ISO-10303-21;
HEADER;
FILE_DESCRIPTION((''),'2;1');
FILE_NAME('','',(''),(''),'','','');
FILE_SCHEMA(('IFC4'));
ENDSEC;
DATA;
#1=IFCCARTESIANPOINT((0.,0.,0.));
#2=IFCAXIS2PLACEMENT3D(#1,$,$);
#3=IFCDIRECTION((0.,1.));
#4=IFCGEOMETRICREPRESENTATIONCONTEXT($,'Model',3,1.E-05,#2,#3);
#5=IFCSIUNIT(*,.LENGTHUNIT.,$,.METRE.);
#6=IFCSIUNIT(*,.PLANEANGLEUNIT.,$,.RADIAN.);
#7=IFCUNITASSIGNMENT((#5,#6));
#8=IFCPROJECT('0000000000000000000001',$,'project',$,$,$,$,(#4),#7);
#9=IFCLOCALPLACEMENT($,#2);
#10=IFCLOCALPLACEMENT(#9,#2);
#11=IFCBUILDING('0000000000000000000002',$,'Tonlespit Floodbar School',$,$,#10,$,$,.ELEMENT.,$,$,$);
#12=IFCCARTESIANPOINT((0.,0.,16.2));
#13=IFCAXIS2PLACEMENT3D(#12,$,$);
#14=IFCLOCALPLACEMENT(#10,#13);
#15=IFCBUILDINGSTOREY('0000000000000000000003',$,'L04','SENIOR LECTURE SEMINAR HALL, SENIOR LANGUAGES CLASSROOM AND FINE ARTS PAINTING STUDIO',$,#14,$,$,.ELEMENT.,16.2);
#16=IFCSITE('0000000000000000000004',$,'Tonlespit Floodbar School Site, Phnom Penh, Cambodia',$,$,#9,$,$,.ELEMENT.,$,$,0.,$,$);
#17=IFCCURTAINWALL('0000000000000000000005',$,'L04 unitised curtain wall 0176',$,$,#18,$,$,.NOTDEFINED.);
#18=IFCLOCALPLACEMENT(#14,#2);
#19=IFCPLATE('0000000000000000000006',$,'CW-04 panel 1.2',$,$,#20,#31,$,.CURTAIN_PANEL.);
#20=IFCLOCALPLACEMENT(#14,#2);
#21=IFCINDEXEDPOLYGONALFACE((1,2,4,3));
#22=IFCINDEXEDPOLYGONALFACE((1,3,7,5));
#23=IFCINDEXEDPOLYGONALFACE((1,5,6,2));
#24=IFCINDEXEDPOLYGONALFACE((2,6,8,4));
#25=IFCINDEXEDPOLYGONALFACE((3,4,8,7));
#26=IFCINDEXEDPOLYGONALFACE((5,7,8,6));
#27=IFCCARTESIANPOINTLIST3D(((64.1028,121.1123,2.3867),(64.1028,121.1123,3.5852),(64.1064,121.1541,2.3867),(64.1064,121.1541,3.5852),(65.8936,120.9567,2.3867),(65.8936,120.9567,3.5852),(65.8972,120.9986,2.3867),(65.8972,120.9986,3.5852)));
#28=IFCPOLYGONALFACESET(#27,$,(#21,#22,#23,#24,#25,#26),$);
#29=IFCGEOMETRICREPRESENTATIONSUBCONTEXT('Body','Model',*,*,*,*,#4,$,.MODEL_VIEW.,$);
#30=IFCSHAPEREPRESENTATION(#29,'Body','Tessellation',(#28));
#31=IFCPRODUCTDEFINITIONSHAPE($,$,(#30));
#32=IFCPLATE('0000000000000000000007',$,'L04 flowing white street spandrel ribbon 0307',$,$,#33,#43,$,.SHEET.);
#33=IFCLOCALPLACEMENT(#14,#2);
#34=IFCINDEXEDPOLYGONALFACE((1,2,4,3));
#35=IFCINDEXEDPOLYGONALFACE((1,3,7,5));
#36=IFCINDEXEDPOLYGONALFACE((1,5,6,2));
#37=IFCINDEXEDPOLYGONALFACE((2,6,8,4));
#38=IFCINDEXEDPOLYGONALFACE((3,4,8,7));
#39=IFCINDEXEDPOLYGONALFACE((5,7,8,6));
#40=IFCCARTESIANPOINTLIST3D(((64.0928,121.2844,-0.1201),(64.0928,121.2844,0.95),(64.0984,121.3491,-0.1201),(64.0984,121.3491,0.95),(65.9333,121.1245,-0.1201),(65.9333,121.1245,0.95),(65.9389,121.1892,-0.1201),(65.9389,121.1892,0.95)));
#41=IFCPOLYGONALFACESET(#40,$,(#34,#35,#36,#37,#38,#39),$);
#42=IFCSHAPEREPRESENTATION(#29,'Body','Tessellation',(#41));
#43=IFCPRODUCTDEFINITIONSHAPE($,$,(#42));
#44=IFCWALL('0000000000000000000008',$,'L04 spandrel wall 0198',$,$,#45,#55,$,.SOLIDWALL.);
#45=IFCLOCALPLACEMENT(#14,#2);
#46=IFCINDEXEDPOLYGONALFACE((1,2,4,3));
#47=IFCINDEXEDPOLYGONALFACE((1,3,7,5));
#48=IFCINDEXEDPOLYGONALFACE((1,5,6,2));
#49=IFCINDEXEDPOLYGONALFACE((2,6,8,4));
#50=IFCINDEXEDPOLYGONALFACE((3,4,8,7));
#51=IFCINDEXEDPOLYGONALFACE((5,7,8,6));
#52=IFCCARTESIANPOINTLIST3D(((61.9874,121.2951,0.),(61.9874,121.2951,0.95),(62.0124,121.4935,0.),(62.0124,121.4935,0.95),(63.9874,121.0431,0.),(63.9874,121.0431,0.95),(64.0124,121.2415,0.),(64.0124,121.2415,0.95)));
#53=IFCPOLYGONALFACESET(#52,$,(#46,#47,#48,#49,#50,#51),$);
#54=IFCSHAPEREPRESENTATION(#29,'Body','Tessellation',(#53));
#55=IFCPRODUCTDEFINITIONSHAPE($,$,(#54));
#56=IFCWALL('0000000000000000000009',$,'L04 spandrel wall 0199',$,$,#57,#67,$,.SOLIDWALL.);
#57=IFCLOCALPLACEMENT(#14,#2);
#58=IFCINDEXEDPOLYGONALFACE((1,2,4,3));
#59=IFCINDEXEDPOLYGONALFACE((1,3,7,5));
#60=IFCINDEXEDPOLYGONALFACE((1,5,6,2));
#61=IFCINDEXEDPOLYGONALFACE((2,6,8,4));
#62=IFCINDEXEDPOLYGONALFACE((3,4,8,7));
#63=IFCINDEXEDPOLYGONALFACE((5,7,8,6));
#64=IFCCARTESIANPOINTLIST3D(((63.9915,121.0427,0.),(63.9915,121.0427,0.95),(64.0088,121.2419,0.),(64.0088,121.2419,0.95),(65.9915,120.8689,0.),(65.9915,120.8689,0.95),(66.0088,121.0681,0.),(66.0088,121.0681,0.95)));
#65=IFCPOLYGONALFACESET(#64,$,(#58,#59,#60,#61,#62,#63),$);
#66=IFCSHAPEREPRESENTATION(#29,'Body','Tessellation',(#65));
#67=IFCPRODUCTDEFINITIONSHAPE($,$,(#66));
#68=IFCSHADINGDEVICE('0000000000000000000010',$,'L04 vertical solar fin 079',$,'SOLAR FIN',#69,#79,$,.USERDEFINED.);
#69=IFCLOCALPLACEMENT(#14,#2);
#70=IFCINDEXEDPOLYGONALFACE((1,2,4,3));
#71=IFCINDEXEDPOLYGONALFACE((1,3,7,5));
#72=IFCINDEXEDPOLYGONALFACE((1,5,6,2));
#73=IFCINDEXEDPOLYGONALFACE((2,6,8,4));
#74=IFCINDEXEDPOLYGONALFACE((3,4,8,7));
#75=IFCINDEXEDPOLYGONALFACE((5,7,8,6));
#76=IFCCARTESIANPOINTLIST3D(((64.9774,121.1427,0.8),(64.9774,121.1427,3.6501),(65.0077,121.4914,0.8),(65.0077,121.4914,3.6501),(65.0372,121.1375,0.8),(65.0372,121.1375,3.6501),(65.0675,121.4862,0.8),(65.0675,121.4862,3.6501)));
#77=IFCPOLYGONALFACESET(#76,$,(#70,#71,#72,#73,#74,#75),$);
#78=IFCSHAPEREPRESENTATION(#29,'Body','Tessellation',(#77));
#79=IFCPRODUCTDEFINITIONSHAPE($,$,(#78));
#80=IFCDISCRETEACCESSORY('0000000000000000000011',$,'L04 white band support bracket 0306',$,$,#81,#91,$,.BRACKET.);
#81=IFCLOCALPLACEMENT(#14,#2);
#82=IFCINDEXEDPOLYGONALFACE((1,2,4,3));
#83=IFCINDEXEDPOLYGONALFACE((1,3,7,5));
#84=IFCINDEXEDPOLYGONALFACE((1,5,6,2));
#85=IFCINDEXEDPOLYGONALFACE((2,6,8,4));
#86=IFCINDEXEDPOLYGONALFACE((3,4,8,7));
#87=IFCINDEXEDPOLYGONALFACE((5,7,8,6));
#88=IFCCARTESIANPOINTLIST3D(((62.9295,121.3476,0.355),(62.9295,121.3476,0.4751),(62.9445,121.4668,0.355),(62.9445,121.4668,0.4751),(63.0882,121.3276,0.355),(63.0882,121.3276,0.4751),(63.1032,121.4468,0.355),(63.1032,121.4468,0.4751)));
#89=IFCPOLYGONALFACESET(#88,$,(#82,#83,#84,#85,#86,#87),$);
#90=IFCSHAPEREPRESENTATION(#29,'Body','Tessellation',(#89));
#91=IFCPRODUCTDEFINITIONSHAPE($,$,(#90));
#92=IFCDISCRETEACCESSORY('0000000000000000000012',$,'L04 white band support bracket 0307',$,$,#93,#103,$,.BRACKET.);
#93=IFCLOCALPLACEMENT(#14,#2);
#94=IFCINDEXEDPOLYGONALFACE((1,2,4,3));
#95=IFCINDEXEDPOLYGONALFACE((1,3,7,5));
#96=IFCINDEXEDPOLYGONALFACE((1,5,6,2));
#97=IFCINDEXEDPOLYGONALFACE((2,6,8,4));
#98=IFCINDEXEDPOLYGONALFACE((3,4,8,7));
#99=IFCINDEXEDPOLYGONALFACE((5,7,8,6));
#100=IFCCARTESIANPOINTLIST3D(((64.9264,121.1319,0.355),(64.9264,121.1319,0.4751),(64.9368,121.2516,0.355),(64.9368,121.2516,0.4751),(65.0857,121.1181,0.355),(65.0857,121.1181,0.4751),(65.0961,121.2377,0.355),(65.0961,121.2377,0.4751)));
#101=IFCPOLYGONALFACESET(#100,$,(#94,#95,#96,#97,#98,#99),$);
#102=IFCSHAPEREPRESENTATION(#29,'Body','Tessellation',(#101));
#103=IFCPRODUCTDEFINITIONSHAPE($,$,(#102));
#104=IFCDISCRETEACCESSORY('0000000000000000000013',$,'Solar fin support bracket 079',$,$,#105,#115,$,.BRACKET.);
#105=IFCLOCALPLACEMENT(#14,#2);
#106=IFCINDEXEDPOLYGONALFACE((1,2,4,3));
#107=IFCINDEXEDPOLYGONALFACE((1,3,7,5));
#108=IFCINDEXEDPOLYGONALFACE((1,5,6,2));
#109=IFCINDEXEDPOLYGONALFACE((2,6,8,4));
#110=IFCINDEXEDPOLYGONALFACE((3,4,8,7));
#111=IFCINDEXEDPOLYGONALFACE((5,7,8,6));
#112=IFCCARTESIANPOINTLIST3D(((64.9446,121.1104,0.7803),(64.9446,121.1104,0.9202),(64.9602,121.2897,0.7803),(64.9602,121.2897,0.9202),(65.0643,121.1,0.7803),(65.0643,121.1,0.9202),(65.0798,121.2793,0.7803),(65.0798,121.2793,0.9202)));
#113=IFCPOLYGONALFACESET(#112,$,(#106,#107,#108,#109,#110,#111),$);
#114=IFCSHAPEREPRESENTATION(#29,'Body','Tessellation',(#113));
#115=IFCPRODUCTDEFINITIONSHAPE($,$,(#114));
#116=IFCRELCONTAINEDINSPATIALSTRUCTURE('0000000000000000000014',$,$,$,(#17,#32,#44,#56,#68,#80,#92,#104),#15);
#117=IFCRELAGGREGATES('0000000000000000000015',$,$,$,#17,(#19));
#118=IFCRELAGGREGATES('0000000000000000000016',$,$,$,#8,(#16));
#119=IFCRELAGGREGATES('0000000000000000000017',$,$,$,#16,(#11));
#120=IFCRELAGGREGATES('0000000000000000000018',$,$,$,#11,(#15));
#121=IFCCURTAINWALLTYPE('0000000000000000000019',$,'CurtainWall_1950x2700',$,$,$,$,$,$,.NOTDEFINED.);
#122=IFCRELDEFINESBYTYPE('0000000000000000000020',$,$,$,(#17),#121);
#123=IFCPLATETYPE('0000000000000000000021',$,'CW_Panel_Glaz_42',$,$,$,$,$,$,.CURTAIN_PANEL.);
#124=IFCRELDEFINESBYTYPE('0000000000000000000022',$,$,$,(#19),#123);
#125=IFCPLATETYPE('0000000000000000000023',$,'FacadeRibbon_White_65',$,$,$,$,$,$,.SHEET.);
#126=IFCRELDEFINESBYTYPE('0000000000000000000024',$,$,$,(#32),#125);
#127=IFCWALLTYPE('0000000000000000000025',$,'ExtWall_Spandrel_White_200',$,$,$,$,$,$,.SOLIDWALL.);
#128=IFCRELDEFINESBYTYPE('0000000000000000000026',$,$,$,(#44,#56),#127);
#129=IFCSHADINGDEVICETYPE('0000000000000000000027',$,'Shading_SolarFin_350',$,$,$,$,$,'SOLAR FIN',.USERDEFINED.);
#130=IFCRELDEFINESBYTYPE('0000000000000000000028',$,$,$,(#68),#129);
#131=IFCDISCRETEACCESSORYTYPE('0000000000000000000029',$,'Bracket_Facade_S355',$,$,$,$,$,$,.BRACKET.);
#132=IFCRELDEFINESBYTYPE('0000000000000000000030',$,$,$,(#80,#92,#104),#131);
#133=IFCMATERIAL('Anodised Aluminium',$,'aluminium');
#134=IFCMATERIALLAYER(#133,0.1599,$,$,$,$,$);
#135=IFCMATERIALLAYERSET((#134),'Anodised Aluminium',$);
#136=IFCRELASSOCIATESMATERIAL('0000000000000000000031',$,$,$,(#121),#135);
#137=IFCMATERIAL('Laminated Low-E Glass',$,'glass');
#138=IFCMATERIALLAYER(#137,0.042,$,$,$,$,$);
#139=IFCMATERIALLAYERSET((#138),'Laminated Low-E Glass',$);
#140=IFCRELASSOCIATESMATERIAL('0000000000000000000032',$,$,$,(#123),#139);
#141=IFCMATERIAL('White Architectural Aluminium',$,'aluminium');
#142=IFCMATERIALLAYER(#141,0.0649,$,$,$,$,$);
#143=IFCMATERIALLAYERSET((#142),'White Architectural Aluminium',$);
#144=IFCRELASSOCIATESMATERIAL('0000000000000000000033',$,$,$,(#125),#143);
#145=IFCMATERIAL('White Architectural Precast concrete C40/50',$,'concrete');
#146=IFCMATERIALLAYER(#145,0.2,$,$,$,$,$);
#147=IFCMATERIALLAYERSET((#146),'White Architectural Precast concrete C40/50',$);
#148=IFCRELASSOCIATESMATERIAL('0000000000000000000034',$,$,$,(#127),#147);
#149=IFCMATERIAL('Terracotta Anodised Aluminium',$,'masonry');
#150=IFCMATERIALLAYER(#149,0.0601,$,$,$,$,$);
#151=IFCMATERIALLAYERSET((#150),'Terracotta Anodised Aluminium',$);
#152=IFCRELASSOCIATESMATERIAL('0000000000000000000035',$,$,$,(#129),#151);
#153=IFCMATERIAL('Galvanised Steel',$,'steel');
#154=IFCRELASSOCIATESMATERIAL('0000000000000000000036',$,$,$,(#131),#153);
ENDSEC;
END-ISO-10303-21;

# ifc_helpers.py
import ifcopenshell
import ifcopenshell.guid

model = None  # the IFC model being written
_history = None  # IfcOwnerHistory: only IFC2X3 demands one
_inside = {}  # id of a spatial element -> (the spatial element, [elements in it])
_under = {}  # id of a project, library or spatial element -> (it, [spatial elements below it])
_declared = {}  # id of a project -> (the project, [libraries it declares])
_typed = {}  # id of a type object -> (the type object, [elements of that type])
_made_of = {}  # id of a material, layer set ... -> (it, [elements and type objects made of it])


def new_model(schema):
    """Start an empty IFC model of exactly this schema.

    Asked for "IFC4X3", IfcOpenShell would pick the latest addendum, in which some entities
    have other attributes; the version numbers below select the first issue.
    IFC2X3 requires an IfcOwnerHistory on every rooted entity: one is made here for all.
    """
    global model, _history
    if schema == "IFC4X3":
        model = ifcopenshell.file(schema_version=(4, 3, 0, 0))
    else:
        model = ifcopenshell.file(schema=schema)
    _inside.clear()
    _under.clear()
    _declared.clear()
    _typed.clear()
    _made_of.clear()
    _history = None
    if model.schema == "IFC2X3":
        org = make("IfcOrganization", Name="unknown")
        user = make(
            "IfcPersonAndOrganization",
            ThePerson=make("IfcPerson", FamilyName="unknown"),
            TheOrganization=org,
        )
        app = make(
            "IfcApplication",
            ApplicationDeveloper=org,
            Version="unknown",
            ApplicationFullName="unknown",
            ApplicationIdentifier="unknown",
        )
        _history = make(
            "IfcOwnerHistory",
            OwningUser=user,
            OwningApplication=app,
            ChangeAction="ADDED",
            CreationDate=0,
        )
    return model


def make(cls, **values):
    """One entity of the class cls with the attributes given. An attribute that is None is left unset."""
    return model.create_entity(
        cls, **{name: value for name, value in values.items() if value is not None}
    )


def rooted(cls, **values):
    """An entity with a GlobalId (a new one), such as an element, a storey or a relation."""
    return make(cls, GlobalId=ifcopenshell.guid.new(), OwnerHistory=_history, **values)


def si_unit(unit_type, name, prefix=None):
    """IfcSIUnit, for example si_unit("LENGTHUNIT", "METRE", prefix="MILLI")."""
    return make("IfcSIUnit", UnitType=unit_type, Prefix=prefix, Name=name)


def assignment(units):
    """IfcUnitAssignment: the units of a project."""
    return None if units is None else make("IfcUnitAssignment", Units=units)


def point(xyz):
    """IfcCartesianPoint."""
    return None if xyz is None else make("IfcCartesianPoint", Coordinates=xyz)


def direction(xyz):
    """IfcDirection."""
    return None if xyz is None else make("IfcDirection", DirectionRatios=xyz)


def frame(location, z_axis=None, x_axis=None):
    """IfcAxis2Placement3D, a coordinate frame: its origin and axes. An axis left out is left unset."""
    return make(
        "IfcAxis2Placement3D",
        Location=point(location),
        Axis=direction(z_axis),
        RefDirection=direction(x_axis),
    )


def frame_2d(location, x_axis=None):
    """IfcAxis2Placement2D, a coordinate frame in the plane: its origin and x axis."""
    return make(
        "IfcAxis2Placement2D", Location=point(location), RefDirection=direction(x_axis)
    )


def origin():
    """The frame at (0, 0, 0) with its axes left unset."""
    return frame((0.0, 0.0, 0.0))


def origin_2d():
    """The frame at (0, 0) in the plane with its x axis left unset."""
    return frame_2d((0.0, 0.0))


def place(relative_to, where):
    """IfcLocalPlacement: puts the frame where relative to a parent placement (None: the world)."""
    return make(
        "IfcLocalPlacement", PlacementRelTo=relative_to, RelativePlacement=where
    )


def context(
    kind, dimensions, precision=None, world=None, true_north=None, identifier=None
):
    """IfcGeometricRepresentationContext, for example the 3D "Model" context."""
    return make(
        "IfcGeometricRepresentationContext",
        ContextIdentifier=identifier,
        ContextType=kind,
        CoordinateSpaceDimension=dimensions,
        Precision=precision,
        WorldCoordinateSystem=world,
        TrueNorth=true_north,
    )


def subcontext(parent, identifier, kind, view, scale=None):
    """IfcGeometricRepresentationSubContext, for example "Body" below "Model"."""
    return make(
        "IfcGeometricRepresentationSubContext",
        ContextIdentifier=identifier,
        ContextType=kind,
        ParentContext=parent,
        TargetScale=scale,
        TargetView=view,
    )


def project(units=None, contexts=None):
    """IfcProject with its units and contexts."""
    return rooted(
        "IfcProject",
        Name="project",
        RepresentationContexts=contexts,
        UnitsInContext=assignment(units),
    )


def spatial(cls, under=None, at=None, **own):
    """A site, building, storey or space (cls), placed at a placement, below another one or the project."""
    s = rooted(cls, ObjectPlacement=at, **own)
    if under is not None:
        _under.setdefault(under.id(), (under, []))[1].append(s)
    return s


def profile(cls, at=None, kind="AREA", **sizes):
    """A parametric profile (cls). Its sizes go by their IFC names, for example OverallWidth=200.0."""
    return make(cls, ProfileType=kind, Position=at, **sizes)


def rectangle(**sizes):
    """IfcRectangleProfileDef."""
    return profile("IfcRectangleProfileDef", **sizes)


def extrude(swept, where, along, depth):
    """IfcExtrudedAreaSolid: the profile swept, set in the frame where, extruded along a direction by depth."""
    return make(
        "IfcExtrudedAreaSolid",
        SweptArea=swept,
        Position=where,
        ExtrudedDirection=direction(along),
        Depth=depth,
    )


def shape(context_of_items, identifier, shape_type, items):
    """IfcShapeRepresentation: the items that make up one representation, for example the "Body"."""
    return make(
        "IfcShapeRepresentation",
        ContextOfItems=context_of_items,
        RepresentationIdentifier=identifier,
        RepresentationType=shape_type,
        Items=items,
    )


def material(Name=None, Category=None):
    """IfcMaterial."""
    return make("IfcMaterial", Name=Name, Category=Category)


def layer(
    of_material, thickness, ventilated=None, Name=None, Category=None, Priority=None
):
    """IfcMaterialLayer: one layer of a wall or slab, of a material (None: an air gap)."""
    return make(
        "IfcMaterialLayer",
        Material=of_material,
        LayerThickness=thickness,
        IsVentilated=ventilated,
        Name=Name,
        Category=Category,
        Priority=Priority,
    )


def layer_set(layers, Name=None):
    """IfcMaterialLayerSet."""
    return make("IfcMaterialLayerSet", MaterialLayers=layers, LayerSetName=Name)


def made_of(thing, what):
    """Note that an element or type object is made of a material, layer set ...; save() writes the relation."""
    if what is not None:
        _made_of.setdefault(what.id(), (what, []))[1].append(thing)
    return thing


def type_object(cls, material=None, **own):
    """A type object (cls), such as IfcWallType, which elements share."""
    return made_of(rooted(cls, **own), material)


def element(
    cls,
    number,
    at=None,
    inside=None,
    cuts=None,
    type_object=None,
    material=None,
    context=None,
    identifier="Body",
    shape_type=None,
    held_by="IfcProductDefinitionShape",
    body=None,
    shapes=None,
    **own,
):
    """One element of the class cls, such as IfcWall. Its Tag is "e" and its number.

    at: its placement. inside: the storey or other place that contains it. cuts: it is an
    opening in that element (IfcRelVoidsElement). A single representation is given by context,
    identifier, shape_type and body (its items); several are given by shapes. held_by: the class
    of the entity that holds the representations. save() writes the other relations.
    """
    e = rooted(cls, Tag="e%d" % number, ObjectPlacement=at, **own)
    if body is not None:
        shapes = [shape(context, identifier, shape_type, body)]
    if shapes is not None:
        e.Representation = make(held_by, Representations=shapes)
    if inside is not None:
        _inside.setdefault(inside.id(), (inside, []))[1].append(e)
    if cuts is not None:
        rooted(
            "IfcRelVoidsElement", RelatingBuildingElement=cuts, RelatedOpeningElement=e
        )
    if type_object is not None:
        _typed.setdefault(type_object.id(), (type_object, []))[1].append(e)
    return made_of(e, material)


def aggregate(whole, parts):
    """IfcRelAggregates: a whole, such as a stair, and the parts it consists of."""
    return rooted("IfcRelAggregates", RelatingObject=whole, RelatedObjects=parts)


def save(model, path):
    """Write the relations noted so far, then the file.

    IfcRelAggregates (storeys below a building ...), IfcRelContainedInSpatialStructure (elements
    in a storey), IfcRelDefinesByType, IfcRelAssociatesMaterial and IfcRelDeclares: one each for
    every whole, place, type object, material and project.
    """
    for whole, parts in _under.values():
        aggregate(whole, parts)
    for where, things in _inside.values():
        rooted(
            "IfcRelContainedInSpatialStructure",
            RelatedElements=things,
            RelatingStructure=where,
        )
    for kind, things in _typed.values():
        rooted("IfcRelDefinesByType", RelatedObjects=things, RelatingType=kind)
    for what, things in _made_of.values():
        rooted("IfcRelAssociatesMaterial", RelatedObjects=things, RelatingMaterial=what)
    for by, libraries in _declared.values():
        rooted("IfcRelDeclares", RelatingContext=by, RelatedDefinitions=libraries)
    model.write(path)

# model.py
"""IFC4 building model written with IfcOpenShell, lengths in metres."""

from ifc_helpers import new_model, si_unit, direction, frame, frame_2d, origin, origin_2d, place, context, subcontext, project, spatial, rectangle, extrude, material, layer, layer_set, type_object, element, aggregate, save


model = new_model("IFC4")

# Units and contexts
model_context = context("Model", 3, precision=1e-05, world=origin(), true_north=direction((0.0, 1.0)))
body_context = subcontext(model_context, "Body", "Model", "MODEL_VIEW")
ifc_project = project(units=[si_unit("LENGTHUNIT", "METRE"), si_unit("PLANEANGLEUNIT", "RADIAN")], contexts=[model_context])

# Site, building, storey
site_placement = place(None, origin())
site = spatial("IfcSite", under=ifc_project, at=site_placement, Name="Tonlespit Floodbar School Site, Phnom Penh, Cambodia", CompositionType="ELEMENT", RefElevation=0.0)
building_placement = place(site_placement, origin())
building = spatial("IfcBuilding", under=site, at=building_placement, Name="Tonlespit Floodbar School", CompositionType="ELEMENT")
storey_placement = place(building_placement, frame((0.0, 0.0, 16.2)))
storey = spatial("IfcBuildingStorey", under=building, at=storey_placement, Name="L04", Description="SENIOR LECTURE SEMINAR HALL, SENIOR LANGUAGES CLASSROOM AND FINE ARTS PAINTING STUDIO", CompositionType="ELEMENT", Elevation=16.2)

# Shared definitions
ifc_material_1 = material(Name="Anodised Aluminium", Category="aluminium")
ifc_layer_1 = layer(ifc_material_1, 0.1599)
ifc_layer_set_1 = layer_set([ifc_layer_1], Name="Anodised Aluminium")
curtain_wall_type = type_object("IfcCurtainWallType", Name="CurtainWall_1950x2700", PredefinedType="NOTDEFINED", material=ifc_layer_set_1)

# Curtain wall
curtain_wall_1_placement = place(storey_placement, origin())
curtain_wall_1 = element("IfcCurtainWall", 1, at=curtain_wall_1_placement, inside=storey, type_object=curtain_wall_type, Name="L04 unitised curtain wall 0176", PredefinedType="NOTDEFINED")

# Plates
ifc_material_2 = material(Name="Laminated Low-E Glass", Category="glass")
ifc_layer_2 = layer(ifc_material_2, 0.042)
ifc_layer_set_2 = layer_set([ifc_layer_2], Name="Laminated Low-E Glass")
plate_type_1 = type_object("IfcPlateType", Name="CW_Panel_Glaz_42", PredefinedType="CURTAIN_PANEL", material=ifc_layer_set_2)
plate_1_placement = place(storey_placement, frame((65.0, 121.0554, 2.3867), z_axis=(0.0, 0.0, 1.0), x_axis=(0.996249, -0.086531, 0.0)))
plate_1 = element("IfcPlate", 2, at=plate_1_placement, type_object=plate_type_1, Name="CW-04 panel 1.2", PredefinedType="CURTAIN_PANEL", context=body_context, shape_type="SweptSolid", body=[
    extrude(rectangle(XDim=1.7976, YDim=0.042, at=origin_2d()), origin(), (0.0, 0.0, 1.0), 1.1985),
])
aggregate(curtain_wall_1, [plate_1])
ifc_material_3 = material(Name="White Architectural Aluminium", Category="aluminium")
ifc_layer_3 = layer(ifc_material_3, 0.0649)
ifc_layer_set_3 = layer_set([ifc_layer_3], Name="White Architectural Aluminium")
plate_type_2 = type_object("IfcPlateType", Name="FacadeRibbon_White_65", PredefinedType="SHEET", material=ifc_layer_set_3)
plate_2_placement = place(storey_placement, frame((65.0159, 121.2368, -0.1201), z_axis=(0.0, 0.0, 1.0), x_axis=(0.996245, -0.086573, 0.0)))
element("IfcPlate", 3, at=plate_2_placement, inside=storey, type_object=plate_type_2, Name="L04 flowing white street spandrel ribbon 0307", PredefinedType="SHEET", context=body_context, shape_type="SweptSolid", body=[
    extrude(rectangle(XDim=1.8474, YDim=0.0649, at=origin_2d()), origin(), (0.0, 0.0, 1.0), 1.0701),
])

# Walls
ifc_material_4 = material(Name="White Architectural Precast concrete C40/50", Category="concrete")
ifc_layer_4 = layer(ifc_material_4, 0.2)
ifc_layer_set_4 = layer_set([ifc_layer_4], Name="White Architectural Precast concrete C40/50")
wall_type = type_object("IfcWallType", Name="ExtWall_Spandrel_White_200", PredefinedType="SOLIDWALL", material=ifc_layer_set_4)
wall_1_placement = place(storey_placement, frame((62.0, 121.3943, 0.0), z_axis=(0.0, 0.0, 1.0), x_axis=(0.992158, -0.124989, 0.0)))
element("IfcWall", 4, at=wall_1_placement, inside=storey, type_object=wall_type, Name="L04 spandrel wall 0198", PredefinedType="SOLIDWALL", context=body_context, shape_type="SweptSolid", body=[
    extrude(rectangle(XDim=2.0159, YDim=0.2, at=frame_2d((1.0078, 0.0))), origin(), (0.0, 0.0, 1.0), 0.95),
])
wall_2_placement = place(storey_placement, frame((64.0, 121.1423, 0.0), z_axis=(0.0, 0.0, 1.0), x_axis=(0.996244, -0.086588, 0.0)))
element("IfcWall", 5, at=wall_2_placement, inside=storey, type_object=wall_type, Name="L04 spandrel wall 0199", PredefinedType="SOLIDWALL", context=body_context, shape_type="SweptSolid", body=[
    extrude(rectangle(XDim=2.0076, YDim=0.2, at=frame_2d((1.0039, 0.0))), origin(), (0.0, 0.0, 1.0), 0.95),
])

# Shading device
ifc_material_5 = material(Name="Terracotta Anodised Aluminium", Category="masonry")
ifc_layer_5 = layer(ifc_material_5, 0.0601)
ifc_layer_set_5 = layer_set([ifc_layer_5], Name="Terracotta Anodised Aluminium")
shading_device_type = type_object("IfcShadingDeviceType", Name="Shading_SolarFin_350", ElementType="SOLAR FIN", PredefinedType="USERDEFINED", material=ifc_layer_set_5)
shading_device_placement = place(storey_placement, frame((65.0225, 121.3145, 0.8), z_axis=(0.0, 0.0, 1.0), x_axis=(0.996245, -0.086573, 0.0)))
element("IfcShadingDevice", 6, at=shading_device_placement, inside=storey, type_object=shading_device_type, Name="L04 vertical solar fin 079", ObjectType="SOLAR FIN", PredefinedType="USERDEFINED", context=body_context, shape_type="SweptSolid", body=[
    extrude(rectangle(XDim=0.0601, YDim=0.3501, at=origin_2d()), origin(), (0.0, 0.0, 1.0), 2.8501),
])

# Discrete accessories
ifc_material_6 = material(Name="Galvanised Steel", Category="steel")
discrete_accessory_type = type_object("IfcDiscreteAccessoryType", Name="Bracket_Facade_S355", PredefinedType="BRACKET", material=ifc_material_6)
for number, where, z_axis, x_axis, name in (
    (7, (63.0164, 121.3972, 0.355), (0.0, 0.0, 1.0), (0.992155, -0.125011, 0.0), "L04 white band support bracket 0306"),
    (8, (65.0112, 121.1848, 0.355), (0.0, 0.0, 1.0), (0.996245, -0.086573, 0.0), "L04 white band support bracket 0307"),
):
    element("IfcDiscreteAccessory", number, at=place(storey_placement, frame(where, z_axis=z_axis, x_axis=x_axis)), inside=storey, type_object=discrete_accessory_type, Name=name, PredefinedType="BRACKET", context=body_context, shape_type="SweptSolid", body=[
        extrude(rectangle(XDim=0.1599, YDim=0.1201, at=origin_2d()), origin(), (0.0, 0.0, 1.0), 0.1201),
    ])
discrete_accessory_placement = place(storey_placement, frame((65.0122, 121.1948, 0.7803), z_axis=(0.0, 0.0, 1.0), x_axis=(0.996245, -0.086573, 0.0)))
element("IfcDiscreteAccessory", 9, at=discrete_accessory_placement, inside=storey, type_object=discrete_accessory_type, Name="Solar fin support bracket 079", PredefinedType="BRACKET", context=body_context, shape_type="SweptSolid", body=[
    extrude(rectangle(XDim=0.1201, YDim=0.1799, at=origin_2d()), origin(), (0.0, 0.0, 1.0), 0.1399),
])

save(model, "model.ifc")
